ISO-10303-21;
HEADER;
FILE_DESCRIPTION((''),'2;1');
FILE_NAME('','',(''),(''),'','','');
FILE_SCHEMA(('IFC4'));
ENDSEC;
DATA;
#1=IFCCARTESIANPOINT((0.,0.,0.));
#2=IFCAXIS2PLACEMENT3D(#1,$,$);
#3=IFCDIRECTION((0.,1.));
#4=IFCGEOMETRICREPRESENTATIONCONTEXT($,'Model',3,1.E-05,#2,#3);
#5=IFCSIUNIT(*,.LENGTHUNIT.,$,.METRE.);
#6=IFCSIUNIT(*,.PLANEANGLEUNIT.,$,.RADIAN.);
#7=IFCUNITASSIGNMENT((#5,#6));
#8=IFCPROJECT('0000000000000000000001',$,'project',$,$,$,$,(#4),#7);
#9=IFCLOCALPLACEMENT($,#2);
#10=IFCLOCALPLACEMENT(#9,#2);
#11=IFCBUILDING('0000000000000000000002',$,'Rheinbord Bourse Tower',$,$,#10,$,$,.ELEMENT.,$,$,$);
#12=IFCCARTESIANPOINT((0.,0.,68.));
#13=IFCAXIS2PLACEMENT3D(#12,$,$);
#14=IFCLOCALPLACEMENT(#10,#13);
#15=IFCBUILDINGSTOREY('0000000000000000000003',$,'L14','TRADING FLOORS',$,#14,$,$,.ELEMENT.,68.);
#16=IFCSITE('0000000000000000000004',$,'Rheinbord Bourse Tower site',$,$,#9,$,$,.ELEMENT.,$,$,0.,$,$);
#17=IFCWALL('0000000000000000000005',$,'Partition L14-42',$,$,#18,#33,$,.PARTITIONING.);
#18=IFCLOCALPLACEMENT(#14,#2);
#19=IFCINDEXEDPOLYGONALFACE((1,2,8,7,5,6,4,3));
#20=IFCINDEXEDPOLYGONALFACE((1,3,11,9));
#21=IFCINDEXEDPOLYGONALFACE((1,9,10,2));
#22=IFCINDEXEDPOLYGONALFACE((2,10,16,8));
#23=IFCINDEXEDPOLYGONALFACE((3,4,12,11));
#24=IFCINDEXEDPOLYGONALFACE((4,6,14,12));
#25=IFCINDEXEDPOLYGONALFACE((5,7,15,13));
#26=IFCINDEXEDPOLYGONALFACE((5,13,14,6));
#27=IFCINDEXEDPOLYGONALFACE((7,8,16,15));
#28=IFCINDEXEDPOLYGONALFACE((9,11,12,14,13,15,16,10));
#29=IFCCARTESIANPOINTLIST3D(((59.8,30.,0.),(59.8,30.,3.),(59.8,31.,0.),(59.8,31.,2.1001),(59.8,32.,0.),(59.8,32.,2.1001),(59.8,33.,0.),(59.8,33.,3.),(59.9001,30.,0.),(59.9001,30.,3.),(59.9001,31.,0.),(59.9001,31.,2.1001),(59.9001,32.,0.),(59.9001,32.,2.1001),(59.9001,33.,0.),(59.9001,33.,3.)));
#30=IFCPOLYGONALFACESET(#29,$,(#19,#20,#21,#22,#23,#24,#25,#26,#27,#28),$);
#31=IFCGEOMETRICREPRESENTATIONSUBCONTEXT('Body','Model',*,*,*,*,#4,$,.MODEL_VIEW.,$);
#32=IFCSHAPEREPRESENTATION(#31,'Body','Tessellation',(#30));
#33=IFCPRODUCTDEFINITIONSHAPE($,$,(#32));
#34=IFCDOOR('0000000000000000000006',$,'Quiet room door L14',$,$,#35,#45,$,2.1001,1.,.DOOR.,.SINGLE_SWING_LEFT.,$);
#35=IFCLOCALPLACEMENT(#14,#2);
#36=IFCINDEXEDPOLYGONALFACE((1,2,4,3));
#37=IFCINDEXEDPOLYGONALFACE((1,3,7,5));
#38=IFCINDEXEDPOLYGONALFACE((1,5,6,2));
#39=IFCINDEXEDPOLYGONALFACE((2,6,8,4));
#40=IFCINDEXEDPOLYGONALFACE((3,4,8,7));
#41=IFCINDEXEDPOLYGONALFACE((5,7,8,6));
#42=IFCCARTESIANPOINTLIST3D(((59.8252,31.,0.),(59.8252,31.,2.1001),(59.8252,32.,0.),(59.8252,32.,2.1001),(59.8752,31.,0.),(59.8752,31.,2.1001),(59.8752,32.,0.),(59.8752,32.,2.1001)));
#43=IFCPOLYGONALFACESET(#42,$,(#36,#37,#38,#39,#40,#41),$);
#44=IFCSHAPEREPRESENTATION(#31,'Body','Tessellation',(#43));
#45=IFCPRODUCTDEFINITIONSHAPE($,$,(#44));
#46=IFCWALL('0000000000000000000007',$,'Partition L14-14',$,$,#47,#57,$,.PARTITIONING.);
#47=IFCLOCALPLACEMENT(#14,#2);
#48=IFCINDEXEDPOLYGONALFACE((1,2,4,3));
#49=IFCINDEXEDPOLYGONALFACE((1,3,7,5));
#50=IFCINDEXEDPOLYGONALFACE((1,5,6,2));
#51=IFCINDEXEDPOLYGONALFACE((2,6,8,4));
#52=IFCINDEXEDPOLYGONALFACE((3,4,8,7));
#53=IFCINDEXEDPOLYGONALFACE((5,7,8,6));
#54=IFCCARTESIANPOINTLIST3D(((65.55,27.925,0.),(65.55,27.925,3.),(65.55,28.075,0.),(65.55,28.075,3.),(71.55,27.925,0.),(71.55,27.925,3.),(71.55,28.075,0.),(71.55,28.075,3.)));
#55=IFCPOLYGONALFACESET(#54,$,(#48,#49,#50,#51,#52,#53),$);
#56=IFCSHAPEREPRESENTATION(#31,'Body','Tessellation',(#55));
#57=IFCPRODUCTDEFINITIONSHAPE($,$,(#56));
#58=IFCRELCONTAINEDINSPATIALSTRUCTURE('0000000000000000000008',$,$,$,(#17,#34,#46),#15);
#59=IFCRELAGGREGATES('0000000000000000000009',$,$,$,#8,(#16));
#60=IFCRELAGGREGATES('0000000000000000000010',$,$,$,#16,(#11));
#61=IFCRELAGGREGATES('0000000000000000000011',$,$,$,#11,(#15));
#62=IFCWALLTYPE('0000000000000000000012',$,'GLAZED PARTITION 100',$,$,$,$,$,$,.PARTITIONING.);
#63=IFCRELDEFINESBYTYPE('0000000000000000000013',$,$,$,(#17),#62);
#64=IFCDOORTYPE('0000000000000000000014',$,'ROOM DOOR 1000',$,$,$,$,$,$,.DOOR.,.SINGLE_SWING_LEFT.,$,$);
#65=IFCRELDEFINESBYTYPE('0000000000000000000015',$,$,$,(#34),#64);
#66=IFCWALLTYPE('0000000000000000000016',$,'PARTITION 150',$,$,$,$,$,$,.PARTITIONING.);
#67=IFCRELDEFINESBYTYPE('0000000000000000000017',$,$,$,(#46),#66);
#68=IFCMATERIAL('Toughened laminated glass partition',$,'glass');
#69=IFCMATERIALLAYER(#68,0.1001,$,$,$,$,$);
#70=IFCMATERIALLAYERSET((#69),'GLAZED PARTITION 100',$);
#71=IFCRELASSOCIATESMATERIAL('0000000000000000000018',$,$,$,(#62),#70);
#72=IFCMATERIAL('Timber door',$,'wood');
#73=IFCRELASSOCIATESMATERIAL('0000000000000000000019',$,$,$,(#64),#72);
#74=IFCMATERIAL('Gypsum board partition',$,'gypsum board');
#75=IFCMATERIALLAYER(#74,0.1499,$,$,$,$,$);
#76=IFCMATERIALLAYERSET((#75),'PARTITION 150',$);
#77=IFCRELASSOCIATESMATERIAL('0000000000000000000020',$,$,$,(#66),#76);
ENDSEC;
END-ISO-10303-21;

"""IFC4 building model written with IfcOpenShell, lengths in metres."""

from ifc_helpers import new_model, si_unit, direction, frame, frame_2d, origin, place, context, subcontext, project, spatial, rectangle, extrude, material, layer, layer_set, type_object, element, fill, save


model = new_model("IFC4")

# Units and contexts
model_context = context("Model", 3, precision=1e-05, world=origin(), true_north=direction((0.0, 1.0)))
body_context = subcontext(model_context, "Body", "Model", "MODEL_VIEW")
ifc_project = project(units=[si_unit("LENGTHUNIT", "METRE"), si_unit("PLANEANGLEUNIT", "RADIAN")], contexts=[model_context])

# Site, building, storey
site_placement = place(None, origin())
site = spatial("IfcSite", under=ifc_project, at=site_placement, Name="Rheinbord Bourse Tower site", CompositionType="ELEMENT", RefElevation=0.0)
building_placement = place(site_placement, origin())
building = spatial("IfcBuilding", under=site, at=building_placement, Name="Rheinbord Bourse Tower", CompositionType="ELEMENT")
storey_placement = place(building_placement, frame((0.0, 0.0, 68.0)))
storey = spatial("IfcBuildingStorey", under=building, at=storey_placement, Name="L14", Description="TRADING FLOORS", CompositionType="ELEMENT", Elevation=68.0)

# Shared definitions
ifc_material_1 = material(Name="Toughened laminated glass partition", Category="glass")
ifc_layer_1 = layer(ifc_material_1, 0.1001)
ifc_layer_set_1 = layer_set([ifc_layer_1], Name="GLAZED PARTITION 100")
wall_type_1 = type_object("IfcWallType", Name="GLAZED PARTITION 100", PredefinedType="PARTITIONING", material=ifc_layer_set_1)

# Wall, opening, door
wall_1_placement = place(storey_placement, frame((59.8501, 30.0, 0.0), z_axis=(0.0, 0.0, 1.0), x_axis=(0.0, 1.0, 0.0)))
wall_1 = element("IfcWall", 1, at=wall_1_placement, inside=storey, type_object=wall_type_1, Name="Partition L14-42", PredefinedType="PARTITIONING", context=body_context, shape_type="SweptSolid", body=[
    extrude(rectangle(XDim=3.0, YDim=0.1001, at=frame_2d((1.5, 0.0))), origin(), (0.0, 0.0, 1.0), 3.0),
])
opening_placement = place(wall_1_placement, frame((1.0, 0.0, 0.0)))
opening = element("IfcOpeningElement", 2, at=opening_placement, cuts=wall_1, PredefinedType="OPENING", context=body_context, shape_type="SweptSolid", body=[
    extrude(rectangle(XDim=1.0, YDim=2.1001, at=frame_2d((0.5, 1.05))), frame((0.0, 0.0601, 0.0), z_axis=(0.0, -1.0, 0.0), x_axis=(1.0, 0.0, 0.0)), (0.0, 0.0, 1.0), 0.1201),
])
ifc_material_2 = material(Name="Timber door", Category="wood")
door_type = type_object("IfcDoorType", Name="ROOM DOOR 1000", OperationType="SINGLE_SWING_LEFT", PredefinedType="DOOR", material=ifc_material_2)
door_placement = place(opening_placement, origin())
door = element("IfcDoor", 3, at=door_placement, inside=storey, type_object=door_type, Name="Quiet room door L14", OperationType="SINGLE_SWING_LEFT", OverallHeight=2.1001, OverallWidth=1.0, PredefinedType="DOOR", context=body_context, shape_type="SweptSolid", body=[
    extrude(rectangle(XDim=1.0, YDim=2.1001, at=frame_2d((0.5, 1.05))), frame((0.0, 0.0249, 0.0), z_axis=(0.0, -1.0, 0.0), x_axis=(1.0, 0.0, 0.0)), (0.0, 0.0, 1.0), 0.05),
])
fill(opening, door)

# Wall
ifc_material_3 = material(Name="Gypsum board partition", Category="gypsum board")
ifc_layer_2 = layer(ifc_material_3, 0.1499)
ifc_layer_set_2 = layer_set([ifc_layer_2], Name="PARTITION 150")
wall_type_2 = type_object("IfcWallType", Name="PARTITION 150", PredefinedType="PARTITIONING", material=ifc_layer_set_2)
wall_2_placement = place(storey_placement, frame((65.55, 28.0, 0.0), z_axis=(0.0, 0.0, 1.0), x_axis=(1.0, 0.0, 0.0)))
element("IfcWall", 4, at=wall_2_placement, inside=storey, type_object=wall_type_2, Name="Partition L14-14", PredefinedType="PARTITIONING", context=body_context, shape_type="SweptSolid", body=[
    extrude(rectangle(XDim=6.0, YDim=0.1499, at=frame_2d((3.0, 0.0))), origin(), (0.0, 0.0, 1.0), 3.0),
])

save(model, "model.ifc")
